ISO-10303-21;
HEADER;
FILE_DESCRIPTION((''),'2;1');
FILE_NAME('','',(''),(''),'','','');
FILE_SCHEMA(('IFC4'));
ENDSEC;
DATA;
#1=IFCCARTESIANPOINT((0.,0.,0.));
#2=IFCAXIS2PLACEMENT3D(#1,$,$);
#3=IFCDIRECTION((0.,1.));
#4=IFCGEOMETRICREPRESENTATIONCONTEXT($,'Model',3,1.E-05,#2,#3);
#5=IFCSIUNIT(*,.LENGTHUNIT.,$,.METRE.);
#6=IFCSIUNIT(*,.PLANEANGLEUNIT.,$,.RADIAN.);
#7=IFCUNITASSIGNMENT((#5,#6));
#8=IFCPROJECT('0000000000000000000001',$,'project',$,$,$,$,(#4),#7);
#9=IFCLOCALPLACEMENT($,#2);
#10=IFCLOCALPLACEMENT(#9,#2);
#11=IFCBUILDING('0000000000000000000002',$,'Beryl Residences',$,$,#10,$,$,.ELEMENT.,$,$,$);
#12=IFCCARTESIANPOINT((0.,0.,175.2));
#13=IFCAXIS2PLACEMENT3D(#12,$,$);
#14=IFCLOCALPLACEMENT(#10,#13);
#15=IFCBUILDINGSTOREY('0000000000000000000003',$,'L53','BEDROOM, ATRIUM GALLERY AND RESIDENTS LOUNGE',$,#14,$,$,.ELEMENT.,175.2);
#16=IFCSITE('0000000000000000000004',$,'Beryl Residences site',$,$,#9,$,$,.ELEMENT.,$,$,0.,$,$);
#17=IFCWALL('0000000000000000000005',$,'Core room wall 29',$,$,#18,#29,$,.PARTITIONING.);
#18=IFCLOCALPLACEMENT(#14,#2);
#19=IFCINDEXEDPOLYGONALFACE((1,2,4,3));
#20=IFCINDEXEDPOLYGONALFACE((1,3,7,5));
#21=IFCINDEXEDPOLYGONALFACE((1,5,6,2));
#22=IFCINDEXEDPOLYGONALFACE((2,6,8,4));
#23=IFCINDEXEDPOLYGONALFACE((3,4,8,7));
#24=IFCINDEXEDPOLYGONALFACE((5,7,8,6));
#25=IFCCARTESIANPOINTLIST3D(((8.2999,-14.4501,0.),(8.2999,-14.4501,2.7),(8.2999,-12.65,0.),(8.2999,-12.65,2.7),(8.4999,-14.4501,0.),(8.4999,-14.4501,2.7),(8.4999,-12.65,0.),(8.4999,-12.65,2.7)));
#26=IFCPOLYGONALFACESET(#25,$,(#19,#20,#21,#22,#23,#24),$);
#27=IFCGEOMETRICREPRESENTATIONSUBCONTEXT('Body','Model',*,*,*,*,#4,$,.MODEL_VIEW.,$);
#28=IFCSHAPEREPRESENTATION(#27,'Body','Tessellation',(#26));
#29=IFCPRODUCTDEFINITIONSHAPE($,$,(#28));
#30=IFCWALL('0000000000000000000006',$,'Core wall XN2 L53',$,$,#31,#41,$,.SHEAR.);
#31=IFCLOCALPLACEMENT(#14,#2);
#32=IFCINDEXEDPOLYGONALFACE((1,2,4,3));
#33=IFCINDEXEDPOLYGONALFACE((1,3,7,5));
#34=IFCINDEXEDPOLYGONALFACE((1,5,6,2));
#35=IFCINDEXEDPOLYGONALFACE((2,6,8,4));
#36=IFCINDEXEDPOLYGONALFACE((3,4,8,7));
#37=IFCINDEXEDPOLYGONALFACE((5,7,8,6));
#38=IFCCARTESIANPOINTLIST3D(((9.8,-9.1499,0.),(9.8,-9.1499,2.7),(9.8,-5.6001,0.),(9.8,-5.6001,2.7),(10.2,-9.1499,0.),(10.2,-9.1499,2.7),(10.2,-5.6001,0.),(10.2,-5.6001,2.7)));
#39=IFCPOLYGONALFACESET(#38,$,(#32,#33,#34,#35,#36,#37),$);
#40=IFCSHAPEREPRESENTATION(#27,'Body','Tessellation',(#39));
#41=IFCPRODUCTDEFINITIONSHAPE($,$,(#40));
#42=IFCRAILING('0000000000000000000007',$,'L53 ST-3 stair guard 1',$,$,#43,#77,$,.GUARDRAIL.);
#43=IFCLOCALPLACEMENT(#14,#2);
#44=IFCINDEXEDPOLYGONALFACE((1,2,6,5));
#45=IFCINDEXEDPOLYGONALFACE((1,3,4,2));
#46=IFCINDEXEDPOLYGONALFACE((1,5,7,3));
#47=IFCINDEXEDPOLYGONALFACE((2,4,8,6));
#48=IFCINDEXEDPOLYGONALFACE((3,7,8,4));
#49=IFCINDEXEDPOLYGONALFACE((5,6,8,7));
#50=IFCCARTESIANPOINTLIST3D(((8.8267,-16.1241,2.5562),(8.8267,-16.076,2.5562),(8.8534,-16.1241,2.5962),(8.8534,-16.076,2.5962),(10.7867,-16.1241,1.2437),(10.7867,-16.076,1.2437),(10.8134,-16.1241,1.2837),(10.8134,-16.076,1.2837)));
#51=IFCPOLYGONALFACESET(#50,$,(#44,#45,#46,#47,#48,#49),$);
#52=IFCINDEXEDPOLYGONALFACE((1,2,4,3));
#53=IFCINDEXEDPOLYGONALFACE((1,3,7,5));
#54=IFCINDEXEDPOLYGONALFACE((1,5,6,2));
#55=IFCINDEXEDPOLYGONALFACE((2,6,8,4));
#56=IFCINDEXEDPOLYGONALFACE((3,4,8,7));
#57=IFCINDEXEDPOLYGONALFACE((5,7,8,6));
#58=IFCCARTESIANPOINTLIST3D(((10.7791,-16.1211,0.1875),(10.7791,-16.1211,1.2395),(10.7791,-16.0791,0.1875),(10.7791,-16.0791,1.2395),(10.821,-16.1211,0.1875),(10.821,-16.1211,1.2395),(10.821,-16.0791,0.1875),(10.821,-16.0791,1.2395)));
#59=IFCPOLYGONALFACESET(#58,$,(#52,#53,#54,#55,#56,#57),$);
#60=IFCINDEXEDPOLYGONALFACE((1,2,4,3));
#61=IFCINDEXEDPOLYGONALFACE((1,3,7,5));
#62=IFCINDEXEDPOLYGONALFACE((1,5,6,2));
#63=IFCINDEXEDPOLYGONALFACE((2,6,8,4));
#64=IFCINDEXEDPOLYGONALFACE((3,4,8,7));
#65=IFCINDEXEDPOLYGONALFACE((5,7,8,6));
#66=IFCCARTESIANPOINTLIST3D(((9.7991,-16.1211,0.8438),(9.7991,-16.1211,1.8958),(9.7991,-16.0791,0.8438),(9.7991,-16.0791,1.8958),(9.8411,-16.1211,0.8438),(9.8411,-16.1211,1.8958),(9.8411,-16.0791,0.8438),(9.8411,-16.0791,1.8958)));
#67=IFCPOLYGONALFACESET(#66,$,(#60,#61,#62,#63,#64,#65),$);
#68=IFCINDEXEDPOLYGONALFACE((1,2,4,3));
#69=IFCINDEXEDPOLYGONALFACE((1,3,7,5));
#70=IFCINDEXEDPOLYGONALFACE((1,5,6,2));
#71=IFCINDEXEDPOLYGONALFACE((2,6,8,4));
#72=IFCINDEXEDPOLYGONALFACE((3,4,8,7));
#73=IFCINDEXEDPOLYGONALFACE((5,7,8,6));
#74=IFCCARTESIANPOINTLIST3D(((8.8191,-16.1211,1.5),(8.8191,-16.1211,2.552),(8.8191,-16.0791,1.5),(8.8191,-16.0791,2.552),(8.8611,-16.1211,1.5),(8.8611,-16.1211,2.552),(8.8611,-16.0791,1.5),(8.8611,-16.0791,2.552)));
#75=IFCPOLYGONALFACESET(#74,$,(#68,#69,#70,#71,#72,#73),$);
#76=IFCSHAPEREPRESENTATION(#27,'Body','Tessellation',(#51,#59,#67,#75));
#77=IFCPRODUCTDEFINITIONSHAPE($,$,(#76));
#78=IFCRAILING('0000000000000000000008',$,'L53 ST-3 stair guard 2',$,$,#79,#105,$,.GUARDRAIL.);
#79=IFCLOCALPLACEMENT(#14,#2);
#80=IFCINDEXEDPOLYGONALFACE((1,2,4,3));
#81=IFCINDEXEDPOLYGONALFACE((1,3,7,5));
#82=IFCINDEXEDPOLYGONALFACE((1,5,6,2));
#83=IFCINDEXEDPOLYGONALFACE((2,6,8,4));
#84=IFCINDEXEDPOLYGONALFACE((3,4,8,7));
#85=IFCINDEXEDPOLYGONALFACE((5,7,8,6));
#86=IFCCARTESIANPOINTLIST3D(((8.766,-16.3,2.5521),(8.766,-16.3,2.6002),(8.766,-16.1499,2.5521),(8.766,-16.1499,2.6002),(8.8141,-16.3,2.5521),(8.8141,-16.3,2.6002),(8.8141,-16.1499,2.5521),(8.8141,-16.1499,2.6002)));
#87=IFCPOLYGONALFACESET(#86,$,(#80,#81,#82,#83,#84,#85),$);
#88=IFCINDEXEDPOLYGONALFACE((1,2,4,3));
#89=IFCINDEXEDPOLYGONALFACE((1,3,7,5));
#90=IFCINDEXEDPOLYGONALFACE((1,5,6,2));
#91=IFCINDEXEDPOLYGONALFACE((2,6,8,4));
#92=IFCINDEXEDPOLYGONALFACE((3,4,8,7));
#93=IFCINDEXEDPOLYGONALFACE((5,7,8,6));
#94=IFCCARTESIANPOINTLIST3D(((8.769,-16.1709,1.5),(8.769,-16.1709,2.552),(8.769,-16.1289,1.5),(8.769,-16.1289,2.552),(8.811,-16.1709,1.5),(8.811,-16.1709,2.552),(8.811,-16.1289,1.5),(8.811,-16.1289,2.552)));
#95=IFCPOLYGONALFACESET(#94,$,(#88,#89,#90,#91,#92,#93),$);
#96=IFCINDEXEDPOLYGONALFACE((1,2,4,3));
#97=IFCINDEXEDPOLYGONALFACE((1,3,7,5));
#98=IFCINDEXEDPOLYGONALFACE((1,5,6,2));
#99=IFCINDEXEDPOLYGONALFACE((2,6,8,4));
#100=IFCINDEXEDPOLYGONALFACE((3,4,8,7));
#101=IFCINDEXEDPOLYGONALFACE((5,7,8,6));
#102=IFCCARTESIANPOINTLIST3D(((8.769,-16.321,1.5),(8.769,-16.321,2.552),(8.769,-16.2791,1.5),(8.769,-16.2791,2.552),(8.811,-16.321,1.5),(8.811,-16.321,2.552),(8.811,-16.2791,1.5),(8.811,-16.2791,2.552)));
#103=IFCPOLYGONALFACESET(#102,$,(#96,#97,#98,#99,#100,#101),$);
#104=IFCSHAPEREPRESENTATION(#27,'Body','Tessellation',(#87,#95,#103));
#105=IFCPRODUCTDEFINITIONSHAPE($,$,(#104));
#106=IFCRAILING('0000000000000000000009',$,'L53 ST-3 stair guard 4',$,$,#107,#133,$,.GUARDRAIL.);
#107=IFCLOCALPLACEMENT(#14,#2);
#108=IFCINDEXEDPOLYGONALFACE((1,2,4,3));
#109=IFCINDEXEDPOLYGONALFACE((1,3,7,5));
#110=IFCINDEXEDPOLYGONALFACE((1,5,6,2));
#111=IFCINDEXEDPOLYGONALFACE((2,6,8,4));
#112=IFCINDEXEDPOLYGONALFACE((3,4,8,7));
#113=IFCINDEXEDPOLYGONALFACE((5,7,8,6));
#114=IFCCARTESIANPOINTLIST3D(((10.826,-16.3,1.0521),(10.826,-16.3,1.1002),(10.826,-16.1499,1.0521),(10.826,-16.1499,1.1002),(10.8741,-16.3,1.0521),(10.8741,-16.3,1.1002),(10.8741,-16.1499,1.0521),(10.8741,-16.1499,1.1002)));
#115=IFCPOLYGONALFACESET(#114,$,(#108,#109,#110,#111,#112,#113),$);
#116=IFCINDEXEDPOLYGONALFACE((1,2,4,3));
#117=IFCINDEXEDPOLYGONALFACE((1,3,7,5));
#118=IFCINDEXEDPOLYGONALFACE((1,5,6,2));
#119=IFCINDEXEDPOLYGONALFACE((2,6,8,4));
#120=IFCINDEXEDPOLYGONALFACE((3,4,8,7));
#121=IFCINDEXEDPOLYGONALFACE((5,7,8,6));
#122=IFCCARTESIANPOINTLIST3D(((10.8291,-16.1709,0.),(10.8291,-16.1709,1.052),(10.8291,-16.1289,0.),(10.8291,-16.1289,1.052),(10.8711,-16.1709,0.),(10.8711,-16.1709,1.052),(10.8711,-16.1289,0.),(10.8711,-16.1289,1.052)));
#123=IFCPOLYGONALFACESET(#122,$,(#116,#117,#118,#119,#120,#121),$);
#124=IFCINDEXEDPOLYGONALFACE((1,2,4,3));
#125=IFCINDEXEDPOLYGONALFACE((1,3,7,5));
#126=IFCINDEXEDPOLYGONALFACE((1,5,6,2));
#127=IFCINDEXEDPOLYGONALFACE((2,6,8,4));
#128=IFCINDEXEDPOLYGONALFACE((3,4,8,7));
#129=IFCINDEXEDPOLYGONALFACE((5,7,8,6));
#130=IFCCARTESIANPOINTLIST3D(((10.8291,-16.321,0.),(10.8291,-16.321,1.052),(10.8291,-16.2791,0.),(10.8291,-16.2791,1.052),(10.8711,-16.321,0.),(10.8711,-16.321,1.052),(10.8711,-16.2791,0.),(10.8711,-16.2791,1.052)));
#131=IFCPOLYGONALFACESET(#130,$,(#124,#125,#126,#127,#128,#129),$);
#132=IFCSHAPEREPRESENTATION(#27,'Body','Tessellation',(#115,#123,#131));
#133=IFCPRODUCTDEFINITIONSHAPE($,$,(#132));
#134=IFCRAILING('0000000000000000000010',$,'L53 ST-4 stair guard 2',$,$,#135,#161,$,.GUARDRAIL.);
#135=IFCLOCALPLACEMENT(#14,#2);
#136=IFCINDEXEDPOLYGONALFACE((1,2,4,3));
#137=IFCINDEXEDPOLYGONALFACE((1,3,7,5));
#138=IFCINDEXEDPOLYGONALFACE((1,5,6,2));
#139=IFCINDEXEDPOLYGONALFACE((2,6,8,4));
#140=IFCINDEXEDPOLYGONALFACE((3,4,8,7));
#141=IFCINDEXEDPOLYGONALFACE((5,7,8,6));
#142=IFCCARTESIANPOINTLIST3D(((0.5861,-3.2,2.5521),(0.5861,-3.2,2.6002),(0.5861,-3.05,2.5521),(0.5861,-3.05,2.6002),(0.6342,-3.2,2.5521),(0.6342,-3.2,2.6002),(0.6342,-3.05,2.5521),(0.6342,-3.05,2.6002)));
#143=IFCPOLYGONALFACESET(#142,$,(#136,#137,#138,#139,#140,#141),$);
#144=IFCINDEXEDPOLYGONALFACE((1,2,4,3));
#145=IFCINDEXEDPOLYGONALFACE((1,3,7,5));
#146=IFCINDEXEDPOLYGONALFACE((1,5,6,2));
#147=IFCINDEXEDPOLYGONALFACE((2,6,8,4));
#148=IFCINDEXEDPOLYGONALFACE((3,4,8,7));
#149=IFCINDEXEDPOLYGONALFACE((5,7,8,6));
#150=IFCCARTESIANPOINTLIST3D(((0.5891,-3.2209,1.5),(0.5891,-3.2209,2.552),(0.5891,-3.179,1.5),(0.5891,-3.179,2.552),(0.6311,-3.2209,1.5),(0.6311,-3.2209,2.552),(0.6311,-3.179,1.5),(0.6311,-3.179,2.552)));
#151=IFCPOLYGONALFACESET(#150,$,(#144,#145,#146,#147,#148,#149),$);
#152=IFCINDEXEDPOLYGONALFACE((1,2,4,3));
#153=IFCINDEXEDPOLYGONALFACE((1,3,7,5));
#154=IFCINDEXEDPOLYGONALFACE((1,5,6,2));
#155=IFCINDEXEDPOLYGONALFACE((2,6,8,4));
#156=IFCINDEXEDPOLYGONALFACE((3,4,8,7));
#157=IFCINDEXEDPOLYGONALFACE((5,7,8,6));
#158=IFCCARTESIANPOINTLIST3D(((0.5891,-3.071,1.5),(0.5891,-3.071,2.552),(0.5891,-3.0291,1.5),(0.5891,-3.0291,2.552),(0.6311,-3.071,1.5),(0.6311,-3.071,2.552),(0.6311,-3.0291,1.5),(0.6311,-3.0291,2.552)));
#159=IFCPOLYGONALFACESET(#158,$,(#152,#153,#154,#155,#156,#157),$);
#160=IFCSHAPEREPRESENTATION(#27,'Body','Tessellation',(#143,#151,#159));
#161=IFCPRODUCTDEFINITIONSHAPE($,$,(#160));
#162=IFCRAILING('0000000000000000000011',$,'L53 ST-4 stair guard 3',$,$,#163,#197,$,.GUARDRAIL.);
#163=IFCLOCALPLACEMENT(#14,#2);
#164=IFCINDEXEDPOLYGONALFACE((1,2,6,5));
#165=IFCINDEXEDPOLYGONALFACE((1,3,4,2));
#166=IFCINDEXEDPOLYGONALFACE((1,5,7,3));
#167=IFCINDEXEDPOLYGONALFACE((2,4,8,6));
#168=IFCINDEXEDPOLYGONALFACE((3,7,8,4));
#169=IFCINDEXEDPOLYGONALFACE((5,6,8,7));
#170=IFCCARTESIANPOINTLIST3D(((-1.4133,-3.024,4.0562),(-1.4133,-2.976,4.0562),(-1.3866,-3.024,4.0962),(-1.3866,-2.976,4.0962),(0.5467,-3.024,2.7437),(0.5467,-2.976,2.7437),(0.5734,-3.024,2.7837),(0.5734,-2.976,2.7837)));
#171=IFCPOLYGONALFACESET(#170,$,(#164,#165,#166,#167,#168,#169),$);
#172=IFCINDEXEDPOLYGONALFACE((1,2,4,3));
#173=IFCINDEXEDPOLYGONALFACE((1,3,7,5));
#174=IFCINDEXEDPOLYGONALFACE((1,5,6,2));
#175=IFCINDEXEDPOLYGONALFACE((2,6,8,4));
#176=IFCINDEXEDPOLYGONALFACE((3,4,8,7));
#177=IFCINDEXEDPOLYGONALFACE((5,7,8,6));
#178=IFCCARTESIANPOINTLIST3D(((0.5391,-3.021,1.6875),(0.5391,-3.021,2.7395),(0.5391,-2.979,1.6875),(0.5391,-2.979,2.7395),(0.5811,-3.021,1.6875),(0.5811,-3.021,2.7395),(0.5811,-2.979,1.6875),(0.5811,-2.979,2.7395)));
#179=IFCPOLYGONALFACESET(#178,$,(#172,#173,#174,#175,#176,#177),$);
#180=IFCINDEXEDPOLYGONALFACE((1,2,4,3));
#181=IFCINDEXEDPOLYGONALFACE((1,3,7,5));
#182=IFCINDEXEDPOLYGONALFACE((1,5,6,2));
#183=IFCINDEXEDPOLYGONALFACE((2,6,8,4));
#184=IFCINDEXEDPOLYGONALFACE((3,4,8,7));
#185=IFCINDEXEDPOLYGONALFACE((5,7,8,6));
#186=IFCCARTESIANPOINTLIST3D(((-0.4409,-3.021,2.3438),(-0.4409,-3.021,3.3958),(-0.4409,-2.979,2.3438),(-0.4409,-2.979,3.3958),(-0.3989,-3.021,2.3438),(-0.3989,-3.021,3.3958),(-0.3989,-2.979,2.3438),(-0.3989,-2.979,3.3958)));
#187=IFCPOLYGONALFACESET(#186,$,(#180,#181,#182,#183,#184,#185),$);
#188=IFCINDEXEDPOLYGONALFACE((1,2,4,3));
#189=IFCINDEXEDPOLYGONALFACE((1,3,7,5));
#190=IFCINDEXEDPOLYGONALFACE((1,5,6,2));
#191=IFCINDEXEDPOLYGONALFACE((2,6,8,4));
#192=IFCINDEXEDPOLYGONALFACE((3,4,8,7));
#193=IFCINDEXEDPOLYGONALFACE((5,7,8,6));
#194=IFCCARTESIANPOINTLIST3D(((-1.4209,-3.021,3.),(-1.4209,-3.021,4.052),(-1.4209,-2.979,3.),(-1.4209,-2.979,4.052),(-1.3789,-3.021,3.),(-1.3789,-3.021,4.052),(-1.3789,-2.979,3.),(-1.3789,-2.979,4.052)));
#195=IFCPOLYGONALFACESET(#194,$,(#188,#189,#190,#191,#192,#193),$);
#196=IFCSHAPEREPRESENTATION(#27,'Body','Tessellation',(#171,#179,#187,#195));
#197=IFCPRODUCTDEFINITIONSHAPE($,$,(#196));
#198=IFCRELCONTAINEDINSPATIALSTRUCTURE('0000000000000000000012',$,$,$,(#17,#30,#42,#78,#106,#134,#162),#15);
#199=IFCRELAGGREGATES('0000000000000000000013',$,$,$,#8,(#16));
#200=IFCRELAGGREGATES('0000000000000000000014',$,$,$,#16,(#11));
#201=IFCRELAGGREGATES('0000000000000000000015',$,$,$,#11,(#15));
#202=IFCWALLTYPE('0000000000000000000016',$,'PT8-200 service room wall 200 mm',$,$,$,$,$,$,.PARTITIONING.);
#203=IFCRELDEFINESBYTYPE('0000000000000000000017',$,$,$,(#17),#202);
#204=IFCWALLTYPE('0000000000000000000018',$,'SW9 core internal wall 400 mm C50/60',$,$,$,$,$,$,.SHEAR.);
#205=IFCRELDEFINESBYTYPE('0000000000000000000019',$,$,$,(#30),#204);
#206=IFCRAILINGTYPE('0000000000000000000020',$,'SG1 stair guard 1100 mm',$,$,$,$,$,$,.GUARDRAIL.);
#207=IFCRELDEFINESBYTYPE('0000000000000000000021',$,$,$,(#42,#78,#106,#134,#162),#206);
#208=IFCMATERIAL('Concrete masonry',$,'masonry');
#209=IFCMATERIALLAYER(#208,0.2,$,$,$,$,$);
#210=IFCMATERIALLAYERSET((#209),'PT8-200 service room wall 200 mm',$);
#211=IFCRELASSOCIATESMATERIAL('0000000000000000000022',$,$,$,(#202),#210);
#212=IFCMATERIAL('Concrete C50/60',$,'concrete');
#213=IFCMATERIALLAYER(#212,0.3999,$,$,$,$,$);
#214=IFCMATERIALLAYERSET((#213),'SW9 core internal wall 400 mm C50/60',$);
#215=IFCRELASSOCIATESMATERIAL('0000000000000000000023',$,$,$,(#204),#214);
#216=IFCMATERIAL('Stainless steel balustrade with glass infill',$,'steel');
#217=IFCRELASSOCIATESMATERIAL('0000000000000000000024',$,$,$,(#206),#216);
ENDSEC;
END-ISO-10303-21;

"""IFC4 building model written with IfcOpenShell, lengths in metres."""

from ifc_helpers import new_model, si_unit, direction, frame, frame_2d, origin, origin_2d, place, context, subcontext, project, spatial, rectangle, extrude, material, layer, layer_set, type_object, element, save


model = new_model("IFC4")

# Units and contexts
model_context = context("Model", 3, precision=1e-05, world=origin(), true_north=direction((0.0, 1.0)))
body_context = subcontext(model_context, "Body", "Model", "MODEL_VIEW")
ifc_project = project(units=[si_unit("LENGTHUNIT", "METRE"), si_unit("PLANEANGLEUNIT", "RADIAN")], contexts=[model_context])

# Site, building, storey
site_placement = place(None, origin())
site = spatial("IfcSite", under=ifc_project, at=site_placement, Name="Beryl Residences site", CompositionType="ELEMENT", RefElevation=0.0)
building_placement = place(site_placement, origin())
building = spatial("IfcBuilding", under=site, at=building_placement, Name="Beryl Residences", CompositionType="ELEMENT")
storey_placement = place(building_placement, frame((0.0, 0.0, 175.2)))
storey = spatial("IfcBuildingStorey", under=building, at=storey_placement, Name="L53", Description="BEDROOM, ATRIUM GALLERY AND RESIDENTS LOUNGE", CompositionType="ELEMENT", Elevation=175.2)

# Walls
ifc_material_1 = material(Name="Concrete masonry", Category="masonry")
ifc_layer_1 = layer(ifc_material_1, 0.2)
ifc_layer_set_1 = layer_set([ifc_layer_1], Name="PT8-200 service room wall 200 mm")
wall_type_1 = type_object("IfcWallType", Name="PT8-200 service room wall 200 mm", PredefinedType="PARTITIONING", material=ifc_layer_set_1)
wall_1_placement = place(storey_placement, frame((8.3999, -14.45, 0.0), z_axis=(0.0, 0.0, 1.0), x_axis=(0.0, 1.0, 0.0)))
element("IfcWall", 1, at=wall_1_placement, inside=storey, type_object=wall_type_1, Name="Core room wall 29", PredefinedType="PARTITIONING", context=body_context, shape_type="SweptSolid", body=[
    extrude(rectangle(XDim=1.8, YDim=0.2, at=frame_2d((0.8999, 0.0))), origin(), (0.0, 0.0, 1.0), 2.7),
])
ifc_material_2 = material(Name="Concrete C50/60", Category="concrete")
ifc_layer_2 = layer(ifc_material_2, 0.3999)
ifc_layer_set_2 = layer_set([ifc_layer_2], Name="SW9 core internal wall 400 mm C50/60")
wall_type_2 = type_object("IfcWallType", Name="SW9 core internal wall 400 mm C50/60", PredefinedType="SHEAR", material=ifc_layer_set_2)
wall_2_placement = place(storey_placement, frame((10.0, -9.1499, 0.0), z_axis=(0.0, 0.0, 1.0), x_axis=(0.0, 1.0, 0.0)))
element("IfcWall", 2, at=wall_2_placement, inside=storey, type_object=wall_type_2, Name="Core wall XN2 L53", PredefinedType="SHEAR", context=body_context, shape_type="SweptSolid", body=[
    extrude(rectangle(XDim=3.5498, YDim=0.3999, at=frame_2d((1.7749, 0.0))), origin(), (0.0, 0.0, 1.0), 2.7),
])

# Railings
ifc_material_3 = material(Name="Stainless steel balustrade with glass infill", Category="steel")
railing_type_1 = type_object("IfcRailingType", Name="SG1 stair guard 1100 mm", PredefinedType="GUARDRAIL", material=ifc_material_3)
railing_1_placement = place(storey_placement, frame((10.8, -16.1001, 0.1875)))
element("IfcRailing", 3, at=railing_1_placement, inside=storey, type_object=railing_type_1, Name="L53 ST-3 stair guard 1", PredefinedType="GUARDRAIL", context=body_context, shape_type="SweptSolid", body=[
    extrude(rectangle(XDim=0.0481, YDim=0.0481, at=origin_2d()), frame((0.0, 0.0, 1.0762), z_axis=(-0.830902, 0.0, 0.556419), x_axis=(0.0, -1.0, 0.0)), (0.0, 0.0, 1.0), 2.3589),
    extrude(rectangle(XDim=0.042, YDim=0.042, at=origin_2d()), origin(), (0.0, 0.0, 1.0), 1.052),
    extrude(rectangle(XDim=0.042, YDim=0.042, at=origin_2d()), frame((-0.98, 0.0, 0.6562)), (0.0, 0.0, 1.0), 1.052),
    extrude(rectangle(XDim=0.042, YDim=0.042, at=origin_2d()), frame((-1.96, 0.0, 1.3125)), (0.0, 0.0, 1.0), 1.052),
])
for number, where, name in (
    (4, (8.79, -16.1499, 1.5), "L53 ST-3 stair guard 2"),
    (5, (10.8501, -16.1499, 0.0), "L53 ST-3 stair guard 4"),
):
    element("IfcRailing", number, at=place(storey_placement, frame(where)), inside=storey, type_object=railing_type_1, Name=name, PredefinedType="GUARDRAIL", context=body_context, shape_type="SweptSolid", body=[
        extrude(rectangle(XDim=0.0481, YDim=0.0481, at=origin_2d()), frame((0.0, 0.0, 1.0762), z_axis=(0.0, -1.0, 0.0), x_axis=(1.0, 0.0, 0.0)), (0.0, 0.0, 1.0), 0.1501),
        extrude(rectangle(XDim=0.042, YDim=0.042, at=origin_2d()), origin(), (0.0, 0.0, 1.0), 1.052),
        extrude(rectangle(XDim=0.042, YDim=0.042, at=origin_2d()), frame((0.0, -0.1501, 0.0)), (0.0, 0.0, 1.0), 1.052),
    ])
railing_2_placement = place(storey_placement, frame((0.6101, -3.2, 1.5)))
element("IfcRailing", 6, at=railing_2_placement, inside=storey, type_object=railing_type_1, Name="L53 ST-4 stair guard 2", PredefinedType="GUARDRAIL", context=body_context, shape_type="SweptSolid", body=[
    extrude(rectangle(XDim=0.0481, YDim=0.0481, at=origin_2d()), frame((0.0, 0.0, 1.0762), z_axis=(0.0, 1.0, 0.0), x_axis=(-1.0, 0.0, 0.0)), (0.0, 0.0, 1.0), 0.1499),
    extrude(rectangle(XDim=0.042, YDim=0.042, at=origin_2d()), origin(), (0.0, 0.0, 1.0), 1.052),
    extrude(rectangle(XDim=0.042, YDim=0.042, at=origin_2d()), frame((0.0, 0.1499, 0.0)), (0.0, 0.0, 1.0), 1.052),
])
railing_3_placement = place(storey_placement, frame((0.5601, -3.0, 1.6875)))
element("IfcRailing", 7, at=railing_3_placement, inside=storey, type_object=railing_type_1, Name="L53 ST-4 stair guard 3", PredefinedType="GUARDRAIL", context=body_context, shape_type="SweptSolid", body=[
    extrude(rectangle(XDim=0.0481, YDim=0.0481, at=origin_2d()), frame((0.0, 0.0, 1.0762), z_axis=(-0.830902, 0.0, 0.556419), x_axis=(0.0, -1.0, 0.0)), (0.0, 0.0, 1.0), 2.3589),
    extrude(rectangle(XDim=0.042, YDim=0.042, at=origin_2d()), origin(), (0.0, 0.0, 1.0), 1.052),
    extrude(rectangle(XDim=0.042, YDim=0.042, at=origin_2d()), frame((-0.98, 0.0, 0.6562)), (0.0, 0.0, 1.0), 1.052),
    extrude(rectangle(XDim=0.042, YDim=0.042, at=origin_2d()), frame((-1.96, 0.0, 1.3125)), (0.0, 0.0, 1.0), 1.052),
])

save(model, "model.ifc")
